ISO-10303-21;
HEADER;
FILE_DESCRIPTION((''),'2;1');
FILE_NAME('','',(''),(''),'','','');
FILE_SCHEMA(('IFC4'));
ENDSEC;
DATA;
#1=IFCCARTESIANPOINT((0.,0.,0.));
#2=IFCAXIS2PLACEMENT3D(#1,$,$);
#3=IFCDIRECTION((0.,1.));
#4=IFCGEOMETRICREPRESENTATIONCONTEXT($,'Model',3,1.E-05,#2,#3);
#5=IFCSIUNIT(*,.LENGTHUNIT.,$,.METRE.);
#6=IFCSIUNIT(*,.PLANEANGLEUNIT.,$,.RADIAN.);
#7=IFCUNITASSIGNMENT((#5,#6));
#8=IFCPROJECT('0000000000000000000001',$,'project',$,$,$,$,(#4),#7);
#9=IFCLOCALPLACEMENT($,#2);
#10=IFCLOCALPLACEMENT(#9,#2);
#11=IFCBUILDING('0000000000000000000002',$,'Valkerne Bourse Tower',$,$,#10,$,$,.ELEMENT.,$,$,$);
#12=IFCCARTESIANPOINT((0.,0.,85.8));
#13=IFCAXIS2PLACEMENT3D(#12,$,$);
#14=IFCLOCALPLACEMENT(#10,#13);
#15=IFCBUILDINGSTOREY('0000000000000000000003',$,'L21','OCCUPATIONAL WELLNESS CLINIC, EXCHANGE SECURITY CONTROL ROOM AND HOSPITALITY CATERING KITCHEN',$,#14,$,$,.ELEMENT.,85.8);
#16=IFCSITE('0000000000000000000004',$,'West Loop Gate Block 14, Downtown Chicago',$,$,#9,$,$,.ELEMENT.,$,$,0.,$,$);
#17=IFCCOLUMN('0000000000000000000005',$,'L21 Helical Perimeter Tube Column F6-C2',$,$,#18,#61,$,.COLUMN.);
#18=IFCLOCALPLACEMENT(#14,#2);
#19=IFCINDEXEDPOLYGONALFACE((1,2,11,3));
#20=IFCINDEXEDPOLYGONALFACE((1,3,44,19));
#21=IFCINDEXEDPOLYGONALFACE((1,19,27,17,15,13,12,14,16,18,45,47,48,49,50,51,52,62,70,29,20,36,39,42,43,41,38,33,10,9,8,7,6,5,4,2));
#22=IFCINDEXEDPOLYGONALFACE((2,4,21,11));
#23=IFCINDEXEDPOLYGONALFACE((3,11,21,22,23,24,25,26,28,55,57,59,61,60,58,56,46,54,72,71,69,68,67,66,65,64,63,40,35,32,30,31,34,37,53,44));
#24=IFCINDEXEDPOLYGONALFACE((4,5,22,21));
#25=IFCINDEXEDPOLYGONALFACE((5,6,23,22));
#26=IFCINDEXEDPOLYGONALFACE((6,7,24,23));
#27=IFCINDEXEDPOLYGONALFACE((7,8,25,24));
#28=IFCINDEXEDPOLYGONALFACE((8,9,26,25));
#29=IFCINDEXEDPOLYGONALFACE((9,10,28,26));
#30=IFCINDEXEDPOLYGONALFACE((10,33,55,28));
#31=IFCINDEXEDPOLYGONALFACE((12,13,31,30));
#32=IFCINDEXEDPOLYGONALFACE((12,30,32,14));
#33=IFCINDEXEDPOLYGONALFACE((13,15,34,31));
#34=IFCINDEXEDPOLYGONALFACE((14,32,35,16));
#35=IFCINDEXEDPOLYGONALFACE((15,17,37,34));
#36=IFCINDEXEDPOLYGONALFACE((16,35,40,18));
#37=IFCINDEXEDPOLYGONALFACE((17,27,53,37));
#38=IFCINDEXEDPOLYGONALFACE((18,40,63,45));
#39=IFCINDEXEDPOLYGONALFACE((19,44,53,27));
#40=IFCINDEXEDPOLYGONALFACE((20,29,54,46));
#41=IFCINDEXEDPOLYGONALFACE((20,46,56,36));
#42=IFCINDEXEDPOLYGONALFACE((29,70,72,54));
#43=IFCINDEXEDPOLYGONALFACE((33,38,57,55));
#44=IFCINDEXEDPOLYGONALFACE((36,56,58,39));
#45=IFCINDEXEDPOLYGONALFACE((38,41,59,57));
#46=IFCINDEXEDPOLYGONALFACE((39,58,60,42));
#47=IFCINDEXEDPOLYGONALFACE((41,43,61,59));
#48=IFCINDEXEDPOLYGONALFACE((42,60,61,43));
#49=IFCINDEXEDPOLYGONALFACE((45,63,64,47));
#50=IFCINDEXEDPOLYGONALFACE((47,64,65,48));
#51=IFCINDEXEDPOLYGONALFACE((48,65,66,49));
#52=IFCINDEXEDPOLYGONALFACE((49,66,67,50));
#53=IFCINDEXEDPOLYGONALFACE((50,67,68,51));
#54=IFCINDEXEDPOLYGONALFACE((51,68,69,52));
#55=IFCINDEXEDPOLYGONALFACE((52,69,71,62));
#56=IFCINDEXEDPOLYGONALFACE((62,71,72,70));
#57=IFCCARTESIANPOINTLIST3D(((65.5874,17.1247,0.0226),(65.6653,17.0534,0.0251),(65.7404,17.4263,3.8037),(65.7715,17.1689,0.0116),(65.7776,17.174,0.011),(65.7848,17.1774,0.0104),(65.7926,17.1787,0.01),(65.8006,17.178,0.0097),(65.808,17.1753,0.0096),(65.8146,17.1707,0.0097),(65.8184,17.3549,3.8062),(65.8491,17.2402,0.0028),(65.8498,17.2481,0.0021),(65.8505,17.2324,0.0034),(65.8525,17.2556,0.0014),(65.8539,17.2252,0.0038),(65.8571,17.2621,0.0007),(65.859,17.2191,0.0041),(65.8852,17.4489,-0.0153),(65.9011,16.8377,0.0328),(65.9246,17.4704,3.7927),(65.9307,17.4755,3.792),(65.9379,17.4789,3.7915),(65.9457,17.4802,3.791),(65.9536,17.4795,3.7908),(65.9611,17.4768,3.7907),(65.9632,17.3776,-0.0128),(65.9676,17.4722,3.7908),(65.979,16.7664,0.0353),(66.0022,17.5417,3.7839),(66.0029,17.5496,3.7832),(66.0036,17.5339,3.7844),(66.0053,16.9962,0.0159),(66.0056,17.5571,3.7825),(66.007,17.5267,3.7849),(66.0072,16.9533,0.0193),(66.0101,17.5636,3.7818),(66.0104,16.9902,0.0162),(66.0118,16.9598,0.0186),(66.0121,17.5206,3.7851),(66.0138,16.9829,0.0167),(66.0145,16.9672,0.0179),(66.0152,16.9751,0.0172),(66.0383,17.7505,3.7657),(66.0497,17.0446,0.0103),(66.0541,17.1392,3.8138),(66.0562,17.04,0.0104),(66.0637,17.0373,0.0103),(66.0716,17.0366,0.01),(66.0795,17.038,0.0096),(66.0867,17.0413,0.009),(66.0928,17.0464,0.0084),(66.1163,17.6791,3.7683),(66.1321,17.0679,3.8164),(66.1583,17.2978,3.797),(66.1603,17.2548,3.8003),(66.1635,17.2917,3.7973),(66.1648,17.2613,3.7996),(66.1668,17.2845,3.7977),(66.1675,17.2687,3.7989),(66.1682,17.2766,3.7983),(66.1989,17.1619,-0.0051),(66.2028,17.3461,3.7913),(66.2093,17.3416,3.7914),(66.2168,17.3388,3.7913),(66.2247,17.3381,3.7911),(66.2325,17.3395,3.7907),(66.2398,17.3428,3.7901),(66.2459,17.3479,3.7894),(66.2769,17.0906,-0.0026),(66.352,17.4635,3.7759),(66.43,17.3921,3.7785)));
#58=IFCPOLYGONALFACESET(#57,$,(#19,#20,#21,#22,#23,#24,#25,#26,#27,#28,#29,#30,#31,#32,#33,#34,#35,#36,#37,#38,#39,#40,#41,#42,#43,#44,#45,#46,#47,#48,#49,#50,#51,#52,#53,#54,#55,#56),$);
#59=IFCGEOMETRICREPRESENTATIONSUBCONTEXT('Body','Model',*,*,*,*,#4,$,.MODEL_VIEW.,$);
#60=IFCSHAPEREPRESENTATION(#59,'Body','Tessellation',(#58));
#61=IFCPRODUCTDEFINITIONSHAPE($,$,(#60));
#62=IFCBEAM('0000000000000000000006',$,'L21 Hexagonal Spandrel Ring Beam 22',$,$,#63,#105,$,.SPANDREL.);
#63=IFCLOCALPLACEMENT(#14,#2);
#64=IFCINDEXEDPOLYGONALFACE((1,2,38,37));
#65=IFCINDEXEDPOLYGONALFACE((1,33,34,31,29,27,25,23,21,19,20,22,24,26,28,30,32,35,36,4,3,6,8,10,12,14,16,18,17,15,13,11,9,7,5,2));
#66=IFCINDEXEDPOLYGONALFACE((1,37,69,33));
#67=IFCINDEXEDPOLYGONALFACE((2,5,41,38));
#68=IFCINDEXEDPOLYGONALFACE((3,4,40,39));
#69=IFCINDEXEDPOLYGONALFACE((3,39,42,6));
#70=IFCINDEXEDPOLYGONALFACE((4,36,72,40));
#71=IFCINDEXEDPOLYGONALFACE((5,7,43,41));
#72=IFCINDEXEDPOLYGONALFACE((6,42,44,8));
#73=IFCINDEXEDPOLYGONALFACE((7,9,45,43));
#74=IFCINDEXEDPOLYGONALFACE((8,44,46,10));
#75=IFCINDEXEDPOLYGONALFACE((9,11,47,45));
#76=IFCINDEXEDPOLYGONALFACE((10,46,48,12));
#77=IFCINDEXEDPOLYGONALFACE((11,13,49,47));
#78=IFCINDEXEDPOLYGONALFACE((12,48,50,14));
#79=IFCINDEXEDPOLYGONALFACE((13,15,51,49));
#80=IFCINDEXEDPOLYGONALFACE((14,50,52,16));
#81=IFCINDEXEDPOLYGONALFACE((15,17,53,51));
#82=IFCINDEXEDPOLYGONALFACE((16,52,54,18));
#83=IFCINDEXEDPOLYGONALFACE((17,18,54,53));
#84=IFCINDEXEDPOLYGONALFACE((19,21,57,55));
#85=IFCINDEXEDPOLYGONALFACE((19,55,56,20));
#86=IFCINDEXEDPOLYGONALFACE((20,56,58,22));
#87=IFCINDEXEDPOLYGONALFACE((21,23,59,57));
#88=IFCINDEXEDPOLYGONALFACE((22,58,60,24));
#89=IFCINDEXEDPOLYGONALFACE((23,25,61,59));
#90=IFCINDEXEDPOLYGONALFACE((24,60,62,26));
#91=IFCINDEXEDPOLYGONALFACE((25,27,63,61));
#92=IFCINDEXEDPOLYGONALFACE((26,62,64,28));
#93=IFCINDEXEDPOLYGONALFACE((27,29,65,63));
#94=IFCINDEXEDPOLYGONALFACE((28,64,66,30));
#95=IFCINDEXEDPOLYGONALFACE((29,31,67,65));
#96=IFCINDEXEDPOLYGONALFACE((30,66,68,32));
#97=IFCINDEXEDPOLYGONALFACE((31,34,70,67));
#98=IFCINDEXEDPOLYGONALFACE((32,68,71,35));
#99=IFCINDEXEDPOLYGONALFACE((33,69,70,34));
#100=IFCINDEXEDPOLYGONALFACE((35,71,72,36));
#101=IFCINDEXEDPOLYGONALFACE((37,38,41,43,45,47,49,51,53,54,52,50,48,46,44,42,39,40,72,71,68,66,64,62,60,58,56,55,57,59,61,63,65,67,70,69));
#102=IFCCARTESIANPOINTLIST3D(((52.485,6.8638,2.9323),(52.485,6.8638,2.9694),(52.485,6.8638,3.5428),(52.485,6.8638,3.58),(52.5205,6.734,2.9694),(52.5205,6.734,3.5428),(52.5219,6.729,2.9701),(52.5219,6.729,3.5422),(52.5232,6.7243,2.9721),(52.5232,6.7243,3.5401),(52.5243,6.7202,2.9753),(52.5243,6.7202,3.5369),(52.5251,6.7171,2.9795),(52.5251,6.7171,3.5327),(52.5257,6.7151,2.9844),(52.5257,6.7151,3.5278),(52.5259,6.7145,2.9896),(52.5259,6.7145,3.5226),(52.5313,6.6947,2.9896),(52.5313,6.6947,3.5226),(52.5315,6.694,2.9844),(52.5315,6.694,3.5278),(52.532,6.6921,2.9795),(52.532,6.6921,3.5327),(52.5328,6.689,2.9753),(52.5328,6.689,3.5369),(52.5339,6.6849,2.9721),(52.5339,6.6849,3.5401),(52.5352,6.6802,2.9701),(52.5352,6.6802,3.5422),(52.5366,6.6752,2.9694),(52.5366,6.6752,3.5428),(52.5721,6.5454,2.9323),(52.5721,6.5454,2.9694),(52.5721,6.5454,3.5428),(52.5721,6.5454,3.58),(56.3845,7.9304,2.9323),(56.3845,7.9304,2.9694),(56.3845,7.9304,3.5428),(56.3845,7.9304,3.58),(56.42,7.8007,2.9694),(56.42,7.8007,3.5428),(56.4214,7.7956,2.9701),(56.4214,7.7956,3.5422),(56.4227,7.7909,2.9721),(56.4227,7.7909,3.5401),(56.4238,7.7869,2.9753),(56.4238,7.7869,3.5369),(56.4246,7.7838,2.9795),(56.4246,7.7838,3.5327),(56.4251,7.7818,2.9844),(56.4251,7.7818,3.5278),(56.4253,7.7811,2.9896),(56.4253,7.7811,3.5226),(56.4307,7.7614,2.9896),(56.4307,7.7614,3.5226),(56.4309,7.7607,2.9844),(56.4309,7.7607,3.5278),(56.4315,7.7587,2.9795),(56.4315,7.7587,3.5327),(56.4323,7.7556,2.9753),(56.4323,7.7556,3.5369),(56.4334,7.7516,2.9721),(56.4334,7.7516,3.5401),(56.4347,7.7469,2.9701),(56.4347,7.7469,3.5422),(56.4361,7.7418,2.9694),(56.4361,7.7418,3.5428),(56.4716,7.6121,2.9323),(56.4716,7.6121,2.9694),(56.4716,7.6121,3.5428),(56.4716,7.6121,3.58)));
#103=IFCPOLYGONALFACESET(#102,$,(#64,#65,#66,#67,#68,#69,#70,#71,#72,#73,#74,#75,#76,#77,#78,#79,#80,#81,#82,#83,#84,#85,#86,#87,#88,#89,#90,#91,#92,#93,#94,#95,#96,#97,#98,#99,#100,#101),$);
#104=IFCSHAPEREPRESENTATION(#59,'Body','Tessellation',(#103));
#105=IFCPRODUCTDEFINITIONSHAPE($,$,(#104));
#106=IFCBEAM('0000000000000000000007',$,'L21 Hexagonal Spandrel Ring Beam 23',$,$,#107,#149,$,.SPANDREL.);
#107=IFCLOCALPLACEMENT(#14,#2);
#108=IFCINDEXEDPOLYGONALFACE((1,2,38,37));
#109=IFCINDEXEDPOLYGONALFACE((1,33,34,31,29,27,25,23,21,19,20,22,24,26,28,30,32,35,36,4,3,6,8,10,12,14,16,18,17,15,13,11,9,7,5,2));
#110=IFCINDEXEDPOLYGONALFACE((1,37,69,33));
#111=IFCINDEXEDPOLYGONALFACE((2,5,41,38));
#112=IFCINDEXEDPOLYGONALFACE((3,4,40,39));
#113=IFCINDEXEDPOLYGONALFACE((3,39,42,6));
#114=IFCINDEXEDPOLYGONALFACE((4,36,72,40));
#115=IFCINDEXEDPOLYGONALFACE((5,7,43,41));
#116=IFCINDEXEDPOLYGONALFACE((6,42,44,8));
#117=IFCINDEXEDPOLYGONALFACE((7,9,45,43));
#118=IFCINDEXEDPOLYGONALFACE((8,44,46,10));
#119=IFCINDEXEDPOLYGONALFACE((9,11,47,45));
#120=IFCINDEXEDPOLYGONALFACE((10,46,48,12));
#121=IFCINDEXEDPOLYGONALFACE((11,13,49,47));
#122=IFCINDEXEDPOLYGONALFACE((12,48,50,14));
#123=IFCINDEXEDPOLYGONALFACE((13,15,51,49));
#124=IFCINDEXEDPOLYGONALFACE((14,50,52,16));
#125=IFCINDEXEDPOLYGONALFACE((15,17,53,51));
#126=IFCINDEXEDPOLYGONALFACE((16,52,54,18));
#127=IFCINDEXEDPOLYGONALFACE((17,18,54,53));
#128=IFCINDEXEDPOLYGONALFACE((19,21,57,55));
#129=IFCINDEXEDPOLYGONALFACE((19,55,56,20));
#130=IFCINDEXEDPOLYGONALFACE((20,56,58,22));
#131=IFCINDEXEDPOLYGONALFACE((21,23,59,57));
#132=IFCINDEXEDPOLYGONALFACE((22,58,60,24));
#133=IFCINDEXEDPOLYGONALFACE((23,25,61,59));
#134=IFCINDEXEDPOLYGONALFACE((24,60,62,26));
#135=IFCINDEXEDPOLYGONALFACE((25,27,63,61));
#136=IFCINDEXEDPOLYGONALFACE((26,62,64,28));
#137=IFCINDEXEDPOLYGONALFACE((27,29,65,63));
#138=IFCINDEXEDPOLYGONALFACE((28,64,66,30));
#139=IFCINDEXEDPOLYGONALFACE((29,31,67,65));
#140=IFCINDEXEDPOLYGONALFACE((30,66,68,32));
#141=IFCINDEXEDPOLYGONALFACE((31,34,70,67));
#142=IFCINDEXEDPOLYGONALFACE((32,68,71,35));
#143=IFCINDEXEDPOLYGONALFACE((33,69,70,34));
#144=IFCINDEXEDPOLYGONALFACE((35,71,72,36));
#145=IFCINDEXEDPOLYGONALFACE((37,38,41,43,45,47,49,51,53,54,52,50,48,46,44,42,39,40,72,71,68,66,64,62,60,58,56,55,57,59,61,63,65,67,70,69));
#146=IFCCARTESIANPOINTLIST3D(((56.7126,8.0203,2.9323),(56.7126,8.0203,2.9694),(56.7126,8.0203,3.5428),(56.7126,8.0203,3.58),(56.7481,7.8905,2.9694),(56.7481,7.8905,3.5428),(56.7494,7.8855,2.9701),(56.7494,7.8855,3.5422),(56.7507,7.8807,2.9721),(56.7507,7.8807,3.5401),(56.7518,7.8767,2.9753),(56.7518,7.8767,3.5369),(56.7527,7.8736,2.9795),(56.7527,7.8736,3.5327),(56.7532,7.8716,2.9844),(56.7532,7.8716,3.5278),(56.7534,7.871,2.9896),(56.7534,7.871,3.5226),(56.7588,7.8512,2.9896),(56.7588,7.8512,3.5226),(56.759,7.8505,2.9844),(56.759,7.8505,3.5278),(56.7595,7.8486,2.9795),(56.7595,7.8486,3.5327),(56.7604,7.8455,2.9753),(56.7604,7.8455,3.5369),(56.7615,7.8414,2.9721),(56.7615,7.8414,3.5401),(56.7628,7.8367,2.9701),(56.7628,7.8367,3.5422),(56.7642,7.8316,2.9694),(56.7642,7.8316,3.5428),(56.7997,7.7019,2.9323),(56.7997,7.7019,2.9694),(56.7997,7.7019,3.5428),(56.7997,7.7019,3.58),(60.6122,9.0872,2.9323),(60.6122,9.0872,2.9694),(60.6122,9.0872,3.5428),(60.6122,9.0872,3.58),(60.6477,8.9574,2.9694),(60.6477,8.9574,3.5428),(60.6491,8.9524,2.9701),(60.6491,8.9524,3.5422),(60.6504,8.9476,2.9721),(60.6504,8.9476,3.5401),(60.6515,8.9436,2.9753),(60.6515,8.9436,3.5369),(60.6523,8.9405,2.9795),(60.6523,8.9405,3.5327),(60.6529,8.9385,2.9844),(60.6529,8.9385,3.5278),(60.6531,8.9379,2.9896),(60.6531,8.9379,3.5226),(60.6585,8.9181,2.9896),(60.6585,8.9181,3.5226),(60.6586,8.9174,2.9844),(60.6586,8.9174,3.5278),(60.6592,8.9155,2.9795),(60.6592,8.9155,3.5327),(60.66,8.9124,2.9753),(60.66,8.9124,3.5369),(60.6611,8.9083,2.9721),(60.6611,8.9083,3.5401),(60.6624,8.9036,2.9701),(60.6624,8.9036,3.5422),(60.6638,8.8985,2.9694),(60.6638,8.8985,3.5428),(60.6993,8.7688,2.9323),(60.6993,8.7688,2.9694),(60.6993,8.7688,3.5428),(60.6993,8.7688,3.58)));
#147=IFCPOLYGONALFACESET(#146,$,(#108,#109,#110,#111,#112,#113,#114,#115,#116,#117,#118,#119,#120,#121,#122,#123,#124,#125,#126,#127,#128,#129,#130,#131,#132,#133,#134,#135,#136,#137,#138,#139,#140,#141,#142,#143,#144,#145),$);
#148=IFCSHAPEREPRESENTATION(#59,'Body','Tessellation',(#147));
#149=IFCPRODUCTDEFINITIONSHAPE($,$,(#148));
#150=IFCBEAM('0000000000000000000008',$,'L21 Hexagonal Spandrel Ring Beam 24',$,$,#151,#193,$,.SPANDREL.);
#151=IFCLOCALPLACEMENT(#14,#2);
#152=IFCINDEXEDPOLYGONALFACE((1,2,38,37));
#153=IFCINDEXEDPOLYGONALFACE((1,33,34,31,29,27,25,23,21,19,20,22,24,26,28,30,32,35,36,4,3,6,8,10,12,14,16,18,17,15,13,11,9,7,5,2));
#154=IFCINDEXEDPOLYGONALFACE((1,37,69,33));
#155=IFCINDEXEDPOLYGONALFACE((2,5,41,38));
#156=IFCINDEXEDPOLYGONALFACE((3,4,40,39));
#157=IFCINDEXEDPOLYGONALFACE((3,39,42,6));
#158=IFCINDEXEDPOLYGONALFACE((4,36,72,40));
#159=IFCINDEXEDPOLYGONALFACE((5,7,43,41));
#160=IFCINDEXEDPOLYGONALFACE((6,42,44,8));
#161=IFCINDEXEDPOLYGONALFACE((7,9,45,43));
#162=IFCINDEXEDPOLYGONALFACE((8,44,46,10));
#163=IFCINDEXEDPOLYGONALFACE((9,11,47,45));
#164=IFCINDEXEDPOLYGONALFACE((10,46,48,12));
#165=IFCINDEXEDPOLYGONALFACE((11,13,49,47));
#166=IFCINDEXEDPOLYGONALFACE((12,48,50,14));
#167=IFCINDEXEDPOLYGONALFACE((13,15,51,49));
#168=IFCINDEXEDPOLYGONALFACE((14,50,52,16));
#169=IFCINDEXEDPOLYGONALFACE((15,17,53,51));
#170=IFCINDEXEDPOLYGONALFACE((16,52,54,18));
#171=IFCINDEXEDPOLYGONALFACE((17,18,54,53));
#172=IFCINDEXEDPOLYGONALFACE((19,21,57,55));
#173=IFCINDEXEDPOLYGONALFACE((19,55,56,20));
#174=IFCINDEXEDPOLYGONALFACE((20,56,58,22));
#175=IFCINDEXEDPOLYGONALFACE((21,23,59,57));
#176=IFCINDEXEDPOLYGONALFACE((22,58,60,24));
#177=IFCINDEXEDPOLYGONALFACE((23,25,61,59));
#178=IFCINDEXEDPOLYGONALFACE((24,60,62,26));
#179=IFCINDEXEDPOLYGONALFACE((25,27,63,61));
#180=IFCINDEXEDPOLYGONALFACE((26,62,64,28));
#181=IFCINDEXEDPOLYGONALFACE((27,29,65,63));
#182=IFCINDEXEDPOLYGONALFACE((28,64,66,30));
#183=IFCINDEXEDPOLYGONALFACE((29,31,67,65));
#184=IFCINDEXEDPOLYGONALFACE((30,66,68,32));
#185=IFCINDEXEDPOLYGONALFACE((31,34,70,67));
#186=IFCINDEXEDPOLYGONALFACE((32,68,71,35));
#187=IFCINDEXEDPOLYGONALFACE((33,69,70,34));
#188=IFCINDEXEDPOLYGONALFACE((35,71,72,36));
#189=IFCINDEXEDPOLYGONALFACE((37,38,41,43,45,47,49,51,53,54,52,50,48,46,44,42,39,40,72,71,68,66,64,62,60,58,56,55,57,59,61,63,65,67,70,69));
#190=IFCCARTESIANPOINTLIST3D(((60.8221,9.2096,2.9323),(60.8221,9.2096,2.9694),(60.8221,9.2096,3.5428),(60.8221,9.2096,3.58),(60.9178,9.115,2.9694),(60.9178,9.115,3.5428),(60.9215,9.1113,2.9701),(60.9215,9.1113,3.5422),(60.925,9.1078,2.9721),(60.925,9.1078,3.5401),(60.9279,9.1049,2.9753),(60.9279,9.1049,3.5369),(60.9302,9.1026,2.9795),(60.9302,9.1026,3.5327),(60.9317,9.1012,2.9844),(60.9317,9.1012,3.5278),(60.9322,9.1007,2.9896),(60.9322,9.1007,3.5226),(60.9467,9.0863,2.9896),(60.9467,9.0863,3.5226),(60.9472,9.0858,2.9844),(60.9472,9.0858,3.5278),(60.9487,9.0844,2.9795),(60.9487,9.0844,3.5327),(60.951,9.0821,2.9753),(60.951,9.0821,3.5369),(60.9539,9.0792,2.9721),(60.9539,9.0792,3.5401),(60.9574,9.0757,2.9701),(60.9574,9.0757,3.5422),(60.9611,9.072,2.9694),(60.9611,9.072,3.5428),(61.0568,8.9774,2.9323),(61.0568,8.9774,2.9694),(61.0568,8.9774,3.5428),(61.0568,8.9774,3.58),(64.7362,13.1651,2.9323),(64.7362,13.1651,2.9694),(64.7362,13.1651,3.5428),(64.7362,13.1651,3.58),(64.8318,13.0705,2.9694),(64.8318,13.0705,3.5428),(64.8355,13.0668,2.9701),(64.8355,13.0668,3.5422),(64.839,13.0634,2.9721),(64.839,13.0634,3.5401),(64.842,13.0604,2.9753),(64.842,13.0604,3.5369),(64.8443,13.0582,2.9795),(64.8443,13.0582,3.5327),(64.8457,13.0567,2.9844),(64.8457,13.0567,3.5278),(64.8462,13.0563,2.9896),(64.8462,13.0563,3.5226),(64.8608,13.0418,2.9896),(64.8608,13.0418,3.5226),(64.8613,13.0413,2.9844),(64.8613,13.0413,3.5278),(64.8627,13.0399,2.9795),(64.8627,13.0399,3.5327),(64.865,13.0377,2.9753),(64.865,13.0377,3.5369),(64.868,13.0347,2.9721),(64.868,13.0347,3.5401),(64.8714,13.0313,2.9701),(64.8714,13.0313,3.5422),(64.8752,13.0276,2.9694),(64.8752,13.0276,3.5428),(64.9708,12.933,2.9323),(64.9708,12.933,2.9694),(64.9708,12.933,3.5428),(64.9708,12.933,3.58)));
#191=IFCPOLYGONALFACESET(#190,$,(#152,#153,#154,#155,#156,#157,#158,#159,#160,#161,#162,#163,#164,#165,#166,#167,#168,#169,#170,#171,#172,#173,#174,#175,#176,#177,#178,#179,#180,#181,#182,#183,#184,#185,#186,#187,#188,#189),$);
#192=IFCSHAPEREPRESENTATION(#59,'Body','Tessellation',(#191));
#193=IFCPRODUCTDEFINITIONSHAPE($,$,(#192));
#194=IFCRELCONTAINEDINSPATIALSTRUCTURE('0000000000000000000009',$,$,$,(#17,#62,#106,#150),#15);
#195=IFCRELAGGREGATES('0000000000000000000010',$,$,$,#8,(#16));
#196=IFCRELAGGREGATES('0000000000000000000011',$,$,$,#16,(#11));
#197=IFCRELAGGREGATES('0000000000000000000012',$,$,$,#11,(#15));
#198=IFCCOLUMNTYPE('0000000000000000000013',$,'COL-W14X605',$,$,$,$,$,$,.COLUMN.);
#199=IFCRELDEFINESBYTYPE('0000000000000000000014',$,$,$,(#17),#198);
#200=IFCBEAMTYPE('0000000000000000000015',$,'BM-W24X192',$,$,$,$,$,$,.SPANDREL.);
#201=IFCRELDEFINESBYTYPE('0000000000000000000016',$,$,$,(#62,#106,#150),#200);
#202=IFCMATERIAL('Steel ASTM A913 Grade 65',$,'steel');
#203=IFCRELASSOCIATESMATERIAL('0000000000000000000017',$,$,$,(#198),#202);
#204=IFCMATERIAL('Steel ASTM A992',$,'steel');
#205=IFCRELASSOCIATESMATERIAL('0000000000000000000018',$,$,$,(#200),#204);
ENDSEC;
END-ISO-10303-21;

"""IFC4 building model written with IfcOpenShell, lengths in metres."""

from ifc_helpers import new_model, si_unit, direction, frame, origin, origin_2d, place, context, subcontext, project, spatial, i_section, extrude, material, material_profile, profile_set, type_object, element, save


model = new_model("IFC4")

# Units and contexts
model_context = context("Model", 3, precision=1e-05, world=origin(), true_north=direction((0.0, 1.0)))
body_context = subcontext(model_context, "Body", "Model", "MODEL_VIEW")
ifc_project = project(units=[si_unit("LENGTHUNIT", "METRE"), si_unit("PLANEANGLEUNIT", "RADIAN")], contexts=[model_context])

# Site, building, storey
site_placement = place(None, origin())
site = spatial("IfcSite", under=ifc_project, at=site_placement, Name="West Loop Gate Block 14, Downtown Chicago", CompositionType="ELEMENT", RefElevation=0.0)
building_placement = place(site_placement, origin())
building = spatial("IfcBuilding", under=site, at=building_placement, Name="Valkerne Bourse Tower", CompositionType="ELEMENT")
storey_placement = place(building_placement, frame((0.0, 0.0, 85.8)))
storey = spatial("IfcBuildingStorey", under=building, at=storey_placement, Name="L21", Description="OCCUPATIONAL WELLNESS CLINIC, EXCHANGE SECURITY CONTROL ROOM AND HOSPITALITY CATERING KITCHEN", CompositionType="ELEMENT", Elevation=85.8)

# Column
ifc_material_1 = material(Name="Steel ASTM A913 Grade 65", Category="steel")
ifc_material_profile_1 = material_profile(ifc_material_1, i_section(OverallWidth=0.4419, OverallDepth=0.531, WebThickness=0.0659, FlangeThickness=0.1057, FilletRadius=0.0305, at=origin_2d()), Name="W14X605")
ifc_profile_set_1 = profile_set([ifc_material_profile_1], Name="Steel ASTM A913 Grade 65")
column_type = type_object("IfcColumnType", Name="COL-W14X605", PredefinedType="COLUMN", material=ifc_profile_set_1)
column_1_placement = place(storey_placement, frame((65.9321, 17.1077, 0.01), z_axis=(0.040325, 0.079427, 0.996025), x_axis=(-0.67407, -0.733668, 0.085796)))
element("IfcColumn", 1, at=column_1_placement, inside=storey, type_object=column_type, Name="L21 Helical Perimeter Tube Column F6-C2", PredefinedType="COLUMN", context=body_context, shape_type="SweptSolid", body=[
    extrude(i_section(OverallWidth=0.4419, OverallDepth=0.531, WebThickness=0.0659, FlangeThickness=0.1057, FilletRadius=0.0305, at=origin_2d()), origin(), (0.0, 0.0, 1.0), 3.7961),
])

# Beams
ifc_material_2 = material(Name="Steel ASTM A992", Category="steel")
ifc_material_profile_2 = material_profile(ifc_material_2, i_section(OverallWidth=0.3301, OverallDepth=0.6477, WebThickness=0.0205, FlangeThickness=0.0371, FilletRadius=0.0203, at=origin_2d()), Name="W24X192")
ifc_profile_set_2 = profile_set([ifc_material_profile_2], Name="Steel ASTM A992")
beam_type = type_object("IfcBeamType", Name="BM-W24X192", PredefinedType="SPANDREL", material=ifc_profile_set_2)
beam_1_placement = place(storey_placement, frame((52.5286, 6.7046, 3.2561), z_axis=(0.964564, 0.263848, 0.0), x_axis=(-0.263848, 0.964564, 0.0)))
element("IfcBeam", 2, at=beam_1_placement, inside=storey, type_object=beam_type, Name="L21 Hexagonal Spandrel Ring Beam 22", PredefinedType="SPANDREL", context=body_context, shape_type="SweptSolid", body=[
    extrude(i_section(OverallWidth=0.3301, OverallDepth=0.6477, WebThickness=0.0205, FlangeThickness=0.0371, FilletRadius=0.0203, at=origin_2d()), origin(), (0.0, 0.0, 1.0), 4.0427),
])
beam_2_placement = place(storey_placement, frame((56.7561, 7.8611, 3.2561), z_axis=(0.964553, 0.263889, 0.0), x_axis=(-0.263889, 0.964553, 0.0)))
element("IfcBeam", 3, at=beam_2_placement, inside=storey, type_object=beam_type, Name="L21 Hexagonal Spandrel Ring Beam 23", PredefinedType="SPANDREL", context=body_context, shape_type="SweptSolid", body=[
    extrude(i_section(OverallWidth=0.3301, OverallDepth=0.6477, WebThickness=0.0205, FlangeThickness=0.0371, FilletRadius=0.0203, at=origin_2d()), origin(), (0.0, 0.0, 1.0), 4.043),
])
beam_3_placement = place(storey_placement, frame((60.9395, 9.0935, 3.2561), z_axis=(0.703368, 0.710826, 0.0), x_axis=(-0.710826, 0.703368, 0.0)))
element("IfcBeam", 4, at=beam_3_placement, inside=storey, type_object=beam_type, Name="L21 Hexagonal Spandrel Ring Beam 24", PredefinedType="SPANDREL", context=body_context, shape_type="SweptSolid", body=[
    extrude(i_section(OverallWidth=0.3301, OverallDepth=0.6477, WebThickness=0.0205, FlangeThickness=0.0371, FilletRadius=0.0203, at=origin_2d()), origin(), (0.0, 0.0, 1.0), 5.5647),
])

save(model, "model.ifc")
